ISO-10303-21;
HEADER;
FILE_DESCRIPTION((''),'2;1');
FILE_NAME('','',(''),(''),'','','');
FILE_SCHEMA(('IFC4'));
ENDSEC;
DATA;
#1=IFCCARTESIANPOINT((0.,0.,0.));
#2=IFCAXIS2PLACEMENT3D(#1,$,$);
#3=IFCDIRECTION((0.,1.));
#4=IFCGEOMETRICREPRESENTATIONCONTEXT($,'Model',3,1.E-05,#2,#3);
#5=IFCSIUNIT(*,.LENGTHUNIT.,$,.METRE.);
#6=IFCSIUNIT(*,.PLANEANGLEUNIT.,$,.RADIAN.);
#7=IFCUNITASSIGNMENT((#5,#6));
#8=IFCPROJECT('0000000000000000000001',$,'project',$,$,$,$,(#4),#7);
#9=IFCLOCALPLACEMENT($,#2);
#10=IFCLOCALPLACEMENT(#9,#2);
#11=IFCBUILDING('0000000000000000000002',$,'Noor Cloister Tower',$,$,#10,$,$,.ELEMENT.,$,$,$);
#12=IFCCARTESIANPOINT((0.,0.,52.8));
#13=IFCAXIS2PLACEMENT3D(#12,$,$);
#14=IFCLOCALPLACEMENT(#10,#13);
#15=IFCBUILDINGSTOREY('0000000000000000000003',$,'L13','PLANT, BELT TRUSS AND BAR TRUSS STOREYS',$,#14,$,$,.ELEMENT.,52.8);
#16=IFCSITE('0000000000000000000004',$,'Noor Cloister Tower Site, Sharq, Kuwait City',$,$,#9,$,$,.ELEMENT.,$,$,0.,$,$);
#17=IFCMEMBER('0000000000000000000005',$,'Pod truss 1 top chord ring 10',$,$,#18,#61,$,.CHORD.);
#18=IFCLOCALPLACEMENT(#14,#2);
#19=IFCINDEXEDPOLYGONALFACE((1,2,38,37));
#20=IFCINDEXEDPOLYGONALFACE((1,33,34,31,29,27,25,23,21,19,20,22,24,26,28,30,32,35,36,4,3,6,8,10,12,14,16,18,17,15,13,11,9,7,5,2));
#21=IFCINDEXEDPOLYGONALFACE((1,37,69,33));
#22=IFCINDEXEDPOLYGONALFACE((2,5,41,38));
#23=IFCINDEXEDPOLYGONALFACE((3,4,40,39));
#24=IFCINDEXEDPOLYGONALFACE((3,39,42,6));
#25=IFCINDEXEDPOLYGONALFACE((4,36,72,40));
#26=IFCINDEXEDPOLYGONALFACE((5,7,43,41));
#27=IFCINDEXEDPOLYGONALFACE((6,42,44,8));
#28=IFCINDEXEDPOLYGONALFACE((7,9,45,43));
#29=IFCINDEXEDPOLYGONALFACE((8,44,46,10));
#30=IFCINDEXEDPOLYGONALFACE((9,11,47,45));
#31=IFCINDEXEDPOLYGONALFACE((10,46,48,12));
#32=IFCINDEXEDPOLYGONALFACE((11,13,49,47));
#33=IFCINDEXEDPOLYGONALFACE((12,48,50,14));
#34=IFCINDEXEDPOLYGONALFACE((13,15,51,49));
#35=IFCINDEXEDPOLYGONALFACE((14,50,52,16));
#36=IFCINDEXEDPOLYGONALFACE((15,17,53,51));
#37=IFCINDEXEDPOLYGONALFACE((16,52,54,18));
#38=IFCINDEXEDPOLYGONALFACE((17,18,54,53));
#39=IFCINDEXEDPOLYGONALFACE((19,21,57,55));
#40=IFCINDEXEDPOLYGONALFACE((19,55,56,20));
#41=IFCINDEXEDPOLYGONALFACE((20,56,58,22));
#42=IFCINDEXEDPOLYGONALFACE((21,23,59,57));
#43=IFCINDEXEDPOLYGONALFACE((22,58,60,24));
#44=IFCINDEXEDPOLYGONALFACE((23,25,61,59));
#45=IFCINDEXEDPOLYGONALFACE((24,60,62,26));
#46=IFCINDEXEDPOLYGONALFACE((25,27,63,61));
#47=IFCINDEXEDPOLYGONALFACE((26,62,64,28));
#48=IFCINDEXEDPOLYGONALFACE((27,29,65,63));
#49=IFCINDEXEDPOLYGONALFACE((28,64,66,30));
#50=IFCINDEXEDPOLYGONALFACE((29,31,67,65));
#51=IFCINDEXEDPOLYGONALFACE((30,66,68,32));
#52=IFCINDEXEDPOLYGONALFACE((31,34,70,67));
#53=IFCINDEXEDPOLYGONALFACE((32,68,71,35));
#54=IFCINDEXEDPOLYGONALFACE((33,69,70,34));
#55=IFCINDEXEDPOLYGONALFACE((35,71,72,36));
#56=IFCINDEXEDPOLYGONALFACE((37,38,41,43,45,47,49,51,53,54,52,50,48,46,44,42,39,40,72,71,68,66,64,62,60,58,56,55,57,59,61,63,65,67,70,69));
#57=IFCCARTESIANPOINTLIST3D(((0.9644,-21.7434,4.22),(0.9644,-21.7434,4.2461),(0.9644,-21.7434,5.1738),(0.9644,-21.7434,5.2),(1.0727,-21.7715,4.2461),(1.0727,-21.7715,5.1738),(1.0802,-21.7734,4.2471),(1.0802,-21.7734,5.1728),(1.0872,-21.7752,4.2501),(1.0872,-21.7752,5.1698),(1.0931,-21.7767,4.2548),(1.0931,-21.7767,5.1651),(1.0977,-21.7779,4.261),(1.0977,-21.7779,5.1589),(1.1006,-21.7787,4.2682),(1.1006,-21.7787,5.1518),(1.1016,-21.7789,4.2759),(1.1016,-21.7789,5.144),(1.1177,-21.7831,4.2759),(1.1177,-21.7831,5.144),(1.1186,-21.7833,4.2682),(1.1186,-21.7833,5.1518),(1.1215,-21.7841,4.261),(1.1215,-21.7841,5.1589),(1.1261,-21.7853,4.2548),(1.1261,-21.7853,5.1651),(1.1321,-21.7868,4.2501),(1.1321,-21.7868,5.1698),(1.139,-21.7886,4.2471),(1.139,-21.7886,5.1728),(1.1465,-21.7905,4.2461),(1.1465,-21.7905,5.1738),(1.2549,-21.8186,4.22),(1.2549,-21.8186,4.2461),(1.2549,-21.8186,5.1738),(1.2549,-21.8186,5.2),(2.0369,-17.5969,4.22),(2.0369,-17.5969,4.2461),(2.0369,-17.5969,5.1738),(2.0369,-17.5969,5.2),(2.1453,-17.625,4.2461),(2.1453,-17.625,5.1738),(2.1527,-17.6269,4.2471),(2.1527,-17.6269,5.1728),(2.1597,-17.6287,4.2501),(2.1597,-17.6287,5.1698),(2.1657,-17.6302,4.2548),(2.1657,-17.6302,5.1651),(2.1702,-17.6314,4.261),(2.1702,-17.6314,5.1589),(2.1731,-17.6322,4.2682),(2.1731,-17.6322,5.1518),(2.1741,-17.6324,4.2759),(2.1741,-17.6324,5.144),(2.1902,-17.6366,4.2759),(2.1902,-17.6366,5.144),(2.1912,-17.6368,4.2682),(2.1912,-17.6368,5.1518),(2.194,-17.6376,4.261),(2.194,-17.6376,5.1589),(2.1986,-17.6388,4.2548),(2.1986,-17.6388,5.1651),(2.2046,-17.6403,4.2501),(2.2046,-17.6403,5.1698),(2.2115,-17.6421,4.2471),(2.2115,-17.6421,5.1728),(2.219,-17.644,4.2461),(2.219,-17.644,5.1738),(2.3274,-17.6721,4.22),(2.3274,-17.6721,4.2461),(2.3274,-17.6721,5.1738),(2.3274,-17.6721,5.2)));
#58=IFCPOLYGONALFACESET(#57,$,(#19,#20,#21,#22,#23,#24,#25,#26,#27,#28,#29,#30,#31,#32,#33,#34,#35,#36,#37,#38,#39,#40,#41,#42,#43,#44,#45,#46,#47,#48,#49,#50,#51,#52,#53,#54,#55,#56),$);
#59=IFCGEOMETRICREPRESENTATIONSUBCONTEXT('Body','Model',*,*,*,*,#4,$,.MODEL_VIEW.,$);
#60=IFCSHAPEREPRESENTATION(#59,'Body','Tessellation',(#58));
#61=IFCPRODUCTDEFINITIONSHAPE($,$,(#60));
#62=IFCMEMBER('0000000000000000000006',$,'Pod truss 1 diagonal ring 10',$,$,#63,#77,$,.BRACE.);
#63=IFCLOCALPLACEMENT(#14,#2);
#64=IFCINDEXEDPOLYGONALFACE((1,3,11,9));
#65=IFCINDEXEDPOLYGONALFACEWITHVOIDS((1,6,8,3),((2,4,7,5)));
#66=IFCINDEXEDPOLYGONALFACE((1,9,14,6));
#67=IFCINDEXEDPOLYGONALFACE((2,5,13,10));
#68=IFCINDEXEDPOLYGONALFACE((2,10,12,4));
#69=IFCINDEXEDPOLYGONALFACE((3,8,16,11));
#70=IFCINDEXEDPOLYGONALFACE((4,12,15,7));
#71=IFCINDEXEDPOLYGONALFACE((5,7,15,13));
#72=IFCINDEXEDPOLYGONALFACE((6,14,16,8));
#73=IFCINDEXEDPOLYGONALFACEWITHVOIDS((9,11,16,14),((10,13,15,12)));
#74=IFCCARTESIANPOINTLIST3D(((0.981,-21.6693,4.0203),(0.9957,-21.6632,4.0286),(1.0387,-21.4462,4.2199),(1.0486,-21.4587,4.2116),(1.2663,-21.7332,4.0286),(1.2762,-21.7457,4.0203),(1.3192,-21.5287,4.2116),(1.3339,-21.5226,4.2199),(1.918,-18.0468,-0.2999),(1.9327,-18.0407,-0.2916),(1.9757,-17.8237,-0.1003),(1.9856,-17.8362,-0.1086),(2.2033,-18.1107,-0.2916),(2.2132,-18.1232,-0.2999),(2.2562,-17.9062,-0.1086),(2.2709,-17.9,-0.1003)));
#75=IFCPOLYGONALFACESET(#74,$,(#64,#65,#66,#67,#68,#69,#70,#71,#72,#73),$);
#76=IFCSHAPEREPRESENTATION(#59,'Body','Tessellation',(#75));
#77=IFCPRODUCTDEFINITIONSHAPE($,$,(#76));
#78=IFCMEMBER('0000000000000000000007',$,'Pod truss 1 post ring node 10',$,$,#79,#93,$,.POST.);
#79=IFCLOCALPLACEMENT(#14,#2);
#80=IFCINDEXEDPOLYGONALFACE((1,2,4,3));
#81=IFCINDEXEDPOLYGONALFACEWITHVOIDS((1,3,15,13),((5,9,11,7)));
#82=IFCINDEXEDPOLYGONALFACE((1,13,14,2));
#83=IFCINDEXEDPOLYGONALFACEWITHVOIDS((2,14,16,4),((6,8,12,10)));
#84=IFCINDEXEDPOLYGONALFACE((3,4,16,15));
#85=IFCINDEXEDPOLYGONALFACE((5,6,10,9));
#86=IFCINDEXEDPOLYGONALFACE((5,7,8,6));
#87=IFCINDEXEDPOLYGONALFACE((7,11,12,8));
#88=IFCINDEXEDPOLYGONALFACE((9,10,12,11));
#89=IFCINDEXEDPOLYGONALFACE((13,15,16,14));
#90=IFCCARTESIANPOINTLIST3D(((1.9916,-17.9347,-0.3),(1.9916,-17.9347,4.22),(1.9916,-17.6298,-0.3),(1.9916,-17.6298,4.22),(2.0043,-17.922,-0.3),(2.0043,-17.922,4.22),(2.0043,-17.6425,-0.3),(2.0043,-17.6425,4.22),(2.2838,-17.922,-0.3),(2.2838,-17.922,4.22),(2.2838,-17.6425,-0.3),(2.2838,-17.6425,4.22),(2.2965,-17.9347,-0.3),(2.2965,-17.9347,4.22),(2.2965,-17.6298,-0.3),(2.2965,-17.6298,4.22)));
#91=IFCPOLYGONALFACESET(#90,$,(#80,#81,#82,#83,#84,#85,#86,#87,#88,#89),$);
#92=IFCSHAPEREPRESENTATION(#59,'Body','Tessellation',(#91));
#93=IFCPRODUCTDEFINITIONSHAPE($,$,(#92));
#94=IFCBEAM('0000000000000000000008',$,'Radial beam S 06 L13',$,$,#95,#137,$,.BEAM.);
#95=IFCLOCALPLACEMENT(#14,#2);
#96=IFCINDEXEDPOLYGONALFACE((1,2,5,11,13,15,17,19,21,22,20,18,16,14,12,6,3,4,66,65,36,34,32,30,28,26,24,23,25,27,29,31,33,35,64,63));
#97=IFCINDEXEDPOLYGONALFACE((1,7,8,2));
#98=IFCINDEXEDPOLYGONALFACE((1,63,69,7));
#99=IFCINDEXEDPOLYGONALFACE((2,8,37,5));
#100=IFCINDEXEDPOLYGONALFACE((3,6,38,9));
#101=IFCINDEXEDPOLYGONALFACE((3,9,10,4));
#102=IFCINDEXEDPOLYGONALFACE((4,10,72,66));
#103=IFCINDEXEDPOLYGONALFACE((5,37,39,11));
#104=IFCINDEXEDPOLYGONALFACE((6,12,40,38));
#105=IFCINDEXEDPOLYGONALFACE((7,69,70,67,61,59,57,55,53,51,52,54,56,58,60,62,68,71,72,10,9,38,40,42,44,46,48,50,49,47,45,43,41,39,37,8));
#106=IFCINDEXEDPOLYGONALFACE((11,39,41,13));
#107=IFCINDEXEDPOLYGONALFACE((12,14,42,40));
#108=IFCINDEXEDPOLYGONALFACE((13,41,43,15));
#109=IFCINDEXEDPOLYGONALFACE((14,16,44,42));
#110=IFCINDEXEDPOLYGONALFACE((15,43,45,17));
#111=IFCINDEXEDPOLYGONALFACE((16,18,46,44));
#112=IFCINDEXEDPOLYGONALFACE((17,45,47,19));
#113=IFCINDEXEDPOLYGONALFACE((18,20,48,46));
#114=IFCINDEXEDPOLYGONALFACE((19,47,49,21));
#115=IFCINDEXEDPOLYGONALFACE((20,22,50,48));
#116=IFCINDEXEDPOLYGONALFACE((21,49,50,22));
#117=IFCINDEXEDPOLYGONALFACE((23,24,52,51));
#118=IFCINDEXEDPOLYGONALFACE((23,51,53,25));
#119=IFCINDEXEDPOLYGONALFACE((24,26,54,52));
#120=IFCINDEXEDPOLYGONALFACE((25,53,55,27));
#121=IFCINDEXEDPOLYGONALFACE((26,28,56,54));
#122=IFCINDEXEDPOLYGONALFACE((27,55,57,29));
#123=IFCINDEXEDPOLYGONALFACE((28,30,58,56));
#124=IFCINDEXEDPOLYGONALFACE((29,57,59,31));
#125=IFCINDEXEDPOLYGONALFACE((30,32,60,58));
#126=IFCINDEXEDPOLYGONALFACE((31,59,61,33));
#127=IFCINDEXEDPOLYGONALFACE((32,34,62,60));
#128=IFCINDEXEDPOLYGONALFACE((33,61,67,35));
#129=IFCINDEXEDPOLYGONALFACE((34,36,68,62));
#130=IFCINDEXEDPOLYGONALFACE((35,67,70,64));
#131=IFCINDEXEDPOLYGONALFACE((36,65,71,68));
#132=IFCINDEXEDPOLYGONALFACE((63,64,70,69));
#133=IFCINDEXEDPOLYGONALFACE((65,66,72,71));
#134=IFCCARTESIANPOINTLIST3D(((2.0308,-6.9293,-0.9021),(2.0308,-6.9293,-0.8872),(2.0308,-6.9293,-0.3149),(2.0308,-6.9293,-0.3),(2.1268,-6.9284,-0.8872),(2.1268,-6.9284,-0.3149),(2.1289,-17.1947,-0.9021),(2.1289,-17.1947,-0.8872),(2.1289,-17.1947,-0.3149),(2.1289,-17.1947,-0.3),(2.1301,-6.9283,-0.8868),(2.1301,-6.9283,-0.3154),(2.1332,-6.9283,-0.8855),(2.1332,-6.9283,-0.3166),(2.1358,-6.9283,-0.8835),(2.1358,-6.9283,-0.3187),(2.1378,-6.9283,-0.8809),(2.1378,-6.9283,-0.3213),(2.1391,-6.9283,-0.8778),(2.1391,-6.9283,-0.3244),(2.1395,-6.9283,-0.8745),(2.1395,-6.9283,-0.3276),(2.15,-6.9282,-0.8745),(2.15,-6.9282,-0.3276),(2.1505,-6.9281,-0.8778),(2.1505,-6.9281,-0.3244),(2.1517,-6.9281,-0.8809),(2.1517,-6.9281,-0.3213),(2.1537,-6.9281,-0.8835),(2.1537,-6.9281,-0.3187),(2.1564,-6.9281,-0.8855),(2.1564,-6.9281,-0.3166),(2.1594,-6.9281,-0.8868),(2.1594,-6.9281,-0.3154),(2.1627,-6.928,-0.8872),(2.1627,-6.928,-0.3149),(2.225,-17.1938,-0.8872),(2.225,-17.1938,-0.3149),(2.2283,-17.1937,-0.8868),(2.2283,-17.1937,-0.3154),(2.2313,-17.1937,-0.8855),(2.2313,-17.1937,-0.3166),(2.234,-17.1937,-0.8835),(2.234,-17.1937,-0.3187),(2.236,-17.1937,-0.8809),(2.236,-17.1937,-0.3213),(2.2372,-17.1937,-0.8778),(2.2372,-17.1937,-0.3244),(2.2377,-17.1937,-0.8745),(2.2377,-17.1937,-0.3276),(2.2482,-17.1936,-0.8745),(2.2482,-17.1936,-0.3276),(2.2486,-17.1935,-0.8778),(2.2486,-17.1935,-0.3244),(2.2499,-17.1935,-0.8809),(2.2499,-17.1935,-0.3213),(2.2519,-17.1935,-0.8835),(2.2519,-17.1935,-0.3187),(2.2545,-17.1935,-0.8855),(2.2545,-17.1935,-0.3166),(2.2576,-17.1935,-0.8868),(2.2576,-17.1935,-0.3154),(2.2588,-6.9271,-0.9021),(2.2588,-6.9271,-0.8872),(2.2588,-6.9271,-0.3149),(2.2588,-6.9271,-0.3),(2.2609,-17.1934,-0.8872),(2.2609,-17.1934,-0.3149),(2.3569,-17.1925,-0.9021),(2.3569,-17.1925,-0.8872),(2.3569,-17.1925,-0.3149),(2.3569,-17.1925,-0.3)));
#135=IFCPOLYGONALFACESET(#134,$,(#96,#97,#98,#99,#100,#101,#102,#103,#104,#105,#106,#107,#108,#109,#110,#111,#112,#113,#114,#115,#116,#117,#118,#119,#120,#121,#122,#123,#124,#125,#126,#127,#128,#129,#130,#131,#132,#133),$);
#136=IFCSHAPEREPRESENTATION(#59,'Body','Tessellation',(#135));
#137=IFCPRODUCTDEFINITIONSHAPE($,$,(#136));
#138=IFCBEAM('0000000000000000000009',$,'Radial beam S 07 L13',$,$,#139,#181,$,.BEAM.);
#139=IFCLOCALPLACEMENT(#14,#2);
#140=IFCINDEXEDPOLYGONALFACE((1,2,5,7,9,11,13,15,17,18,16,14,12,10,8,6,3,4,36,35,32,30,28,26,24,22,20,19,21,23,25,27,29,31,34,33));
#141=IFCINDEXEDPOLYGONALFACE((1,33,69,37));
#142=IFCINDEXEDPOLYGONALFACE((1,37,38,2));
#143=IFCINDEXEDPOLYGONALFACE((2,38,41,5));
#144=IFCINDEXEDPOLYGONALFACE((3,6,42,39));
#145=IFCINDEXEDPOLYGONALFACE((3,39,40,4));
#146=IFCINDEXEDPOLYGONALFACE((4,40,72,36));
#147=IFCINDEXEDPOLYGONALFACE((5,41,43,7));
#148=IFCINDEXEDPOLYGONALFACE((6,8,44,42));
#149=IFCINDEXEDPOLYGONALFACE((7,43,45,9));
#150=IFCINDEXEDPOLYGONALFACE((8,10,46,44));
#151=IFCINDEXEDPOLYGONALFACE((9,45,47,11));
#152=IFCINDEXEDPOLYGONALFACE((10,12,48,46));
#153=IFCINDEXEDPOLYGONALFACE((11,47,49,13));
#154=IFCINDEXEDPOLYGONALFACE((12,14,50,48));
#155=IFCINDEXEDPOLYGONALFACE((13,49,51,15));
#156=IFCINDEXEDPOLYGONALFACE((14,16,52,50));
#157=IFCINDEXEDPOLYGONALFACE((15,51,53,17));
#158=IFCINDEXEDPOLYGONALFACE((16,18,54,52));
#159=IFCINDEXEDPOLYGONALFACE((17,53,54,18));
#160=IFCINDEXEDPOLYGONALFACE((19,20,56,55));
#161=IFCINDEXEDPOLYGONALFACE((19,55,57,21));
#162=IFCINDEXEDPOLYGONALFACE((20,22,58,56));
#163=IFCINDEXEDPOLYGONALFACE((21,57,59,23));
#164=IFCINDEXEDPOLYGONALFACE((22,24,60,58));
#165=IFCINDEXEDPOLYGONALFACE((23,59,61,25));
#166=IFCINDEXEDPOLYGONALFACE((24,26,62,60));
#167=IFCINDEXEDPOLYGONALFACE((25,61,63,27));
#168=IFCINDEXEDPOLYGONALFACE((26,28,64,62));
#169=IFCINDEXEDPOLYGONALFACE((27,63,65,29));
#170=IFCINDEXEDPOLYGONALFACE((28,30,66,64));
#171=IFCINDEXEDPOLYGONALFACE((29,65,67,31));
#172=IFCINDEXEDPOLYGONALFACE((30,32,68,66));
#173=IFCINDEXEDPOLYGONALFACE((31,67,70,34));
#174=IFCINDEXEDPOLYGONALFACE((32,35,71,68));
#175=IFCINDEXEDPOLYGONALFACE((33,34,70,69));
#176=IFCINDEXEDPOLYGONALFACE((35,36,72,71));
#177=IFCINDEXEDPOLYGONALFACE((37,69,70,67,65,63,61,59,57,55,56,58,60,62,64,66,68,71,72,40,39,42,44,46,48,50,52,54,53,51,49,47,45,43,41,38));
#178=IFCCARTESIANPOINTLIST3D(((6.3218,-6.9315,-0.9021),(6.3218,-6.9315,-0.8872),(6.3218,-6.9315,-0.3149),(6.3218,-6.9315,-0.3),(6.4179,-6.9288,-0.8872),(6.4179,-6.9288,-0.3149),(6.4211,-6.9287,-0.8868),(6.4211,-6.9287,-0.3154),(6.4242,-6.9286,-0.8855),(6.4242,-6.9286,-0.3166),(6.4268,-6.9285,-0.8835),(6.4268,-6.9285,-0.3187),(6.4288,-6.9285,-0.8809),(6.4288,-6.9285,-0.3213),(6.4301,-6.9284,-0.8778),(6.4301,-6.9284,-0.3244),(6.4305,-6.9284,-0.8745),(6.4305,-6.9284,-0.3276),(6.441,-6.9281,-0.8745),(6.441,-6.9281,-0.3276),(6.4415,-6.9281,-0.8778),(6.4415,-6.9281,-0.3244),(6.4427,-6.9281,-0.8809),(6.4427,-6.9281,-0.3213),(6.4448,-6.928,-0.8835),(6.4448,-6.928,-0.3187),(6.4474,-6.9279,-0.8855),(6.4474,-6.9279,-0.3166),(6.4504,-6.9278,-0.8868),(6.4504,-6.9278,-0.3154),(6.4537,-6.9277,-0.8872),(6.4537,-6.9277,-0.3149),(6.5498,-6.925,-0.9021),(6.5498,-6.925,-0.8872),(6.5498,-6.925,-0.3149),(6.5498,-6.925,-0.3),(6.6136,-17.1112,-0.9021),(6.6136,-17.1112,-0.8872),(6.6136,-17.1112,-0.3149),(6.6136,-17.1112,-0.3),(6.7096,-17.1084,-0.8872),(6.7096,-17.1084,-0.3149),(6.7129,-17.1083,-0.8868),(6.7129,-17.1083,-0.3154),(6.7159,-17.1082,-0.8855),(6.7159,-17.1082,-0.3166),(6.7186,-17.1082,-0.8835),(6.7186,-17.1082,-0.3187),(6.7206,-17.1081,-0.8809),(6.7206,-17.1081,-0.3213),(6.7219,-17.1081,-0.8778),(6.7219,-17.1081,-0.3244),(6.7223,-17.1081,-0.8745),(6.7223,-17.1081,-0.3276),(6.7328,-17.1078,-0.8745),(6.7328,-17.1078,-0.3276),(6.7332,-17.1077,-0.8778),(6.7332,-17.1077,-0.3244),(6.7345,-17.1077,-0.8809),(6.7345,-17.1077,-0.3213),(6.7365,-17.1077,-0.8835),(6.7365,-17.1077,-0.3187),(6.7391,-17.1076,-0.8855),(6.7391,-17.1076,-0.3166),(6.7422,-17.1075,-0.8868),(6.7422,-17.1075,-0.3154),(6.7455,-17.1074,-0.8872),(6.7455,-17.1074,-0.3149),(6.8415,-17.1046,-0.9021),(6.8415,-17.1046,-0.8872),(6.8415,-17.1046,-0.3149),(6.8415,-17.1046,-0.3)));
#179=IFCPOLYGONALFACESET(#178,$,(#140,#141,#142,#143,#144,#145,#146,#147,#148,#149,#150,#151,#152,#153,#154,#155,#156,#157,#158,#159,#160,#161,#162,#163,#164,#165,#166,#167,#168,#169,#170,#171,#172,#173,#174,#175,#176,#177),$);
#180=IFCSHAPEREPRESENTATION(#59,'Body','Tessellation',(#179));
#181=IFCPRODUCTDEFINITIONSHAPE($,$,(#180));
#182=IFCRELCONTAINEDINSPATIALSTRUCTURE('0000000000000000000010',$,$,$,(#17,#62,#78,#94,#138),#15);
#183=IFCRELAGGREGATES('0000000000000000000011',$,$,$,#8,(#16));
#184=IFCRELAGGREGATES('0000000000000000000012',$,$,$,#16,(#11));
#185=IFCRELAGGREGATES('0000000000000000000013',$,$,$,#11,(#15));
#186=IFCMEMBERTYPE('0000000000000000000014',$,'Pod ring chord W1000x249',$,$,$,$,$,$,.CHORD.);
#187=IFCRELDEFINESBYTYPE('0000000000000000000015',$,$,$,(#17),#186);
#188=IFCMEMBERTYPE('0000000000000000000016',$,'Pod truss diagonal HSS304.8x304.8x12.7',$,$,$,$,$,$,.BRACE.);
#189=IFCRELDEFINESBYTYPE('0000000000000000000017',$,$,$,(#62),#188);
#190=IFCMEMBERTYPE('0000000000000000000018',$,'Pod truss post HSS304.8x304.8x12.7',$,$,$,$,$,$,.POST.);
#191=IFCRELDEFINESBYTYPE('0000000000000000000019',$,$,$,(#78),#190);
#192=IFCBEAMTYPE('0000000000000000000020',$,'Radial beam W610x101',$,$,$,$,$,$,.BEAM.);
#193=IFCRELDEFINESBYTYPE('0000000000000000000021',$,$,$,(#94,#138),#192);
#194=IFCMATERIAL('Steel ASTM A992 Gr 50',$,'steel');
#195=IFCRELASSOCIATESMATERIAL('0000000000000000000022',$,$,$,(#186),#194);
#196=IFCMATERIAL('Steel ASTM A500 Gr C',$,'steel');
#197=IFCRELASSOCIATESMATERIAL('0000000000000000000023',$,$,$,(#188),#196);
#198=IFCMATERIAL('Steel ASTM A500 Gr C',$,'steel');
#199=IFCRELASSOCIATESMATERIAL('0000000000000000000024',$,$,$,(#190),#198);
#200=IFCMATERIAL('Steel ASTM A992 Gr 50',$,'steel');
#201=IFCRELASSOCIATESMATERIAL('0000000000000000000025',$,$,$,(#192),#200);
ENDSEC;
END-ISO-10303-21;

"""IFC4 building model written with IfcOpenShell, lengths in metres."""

from ifc_helpers import new_model, si_unit, direction, frame, origin, origin_2d, place, context, subcontext, project, spatial, hollow_rectangle, i_section, extrude, material, material_profile, profile_set, type_object, element, save


model = new_model("IFC4")

# Units and contexts
model_context = context("Model", 3, precision=1e-05, world=origin(), true_north=direction((0.0, 1.0)))
body_context = subcontext(model_context, "Body", "Model", "MODEL_VIEW")
ifc_project = project(units=[si_unit("LENGTHUNIT", "METRE"), si_unit("PLANEANGLEUNIT", "RADIAN")], contexts=[model_context])

# Site, building, storey
site_placement = place(None, origin())
site = spatial("IfcSite", under=ifc_project, at=site_placement, Name="Noor Cloister Tower Site, Sharq, Kuwait City", CompositionType="ELEMENT", RefElevation=0.0)
building_placement = place(site_placement, origin())
building = spatial("IfcBuilding", under=site, at=building_placement, Name="Noor Cloister Tower", CompositionType="ELEMENT")
storey_placement = place(building_placement, frame((0.0, 0.0, 52.8)))
storey = spatial("IfcBuildingStorey", under=building, at=storey_placement, Name="L13", Description="PLANT, BELT TRUSS AND BAR TRUSS STOREYS", CompositionType="ELEMENT", Elevation=52.8)

# Members
ifc_material_1 = material(Name="Steel ASTM A992 Gr 50", Category="steel")
ifc_material_profile_1 = material_profile(ifc_material_1, i_section(OverallWidth=0.3, OverallDepth=0.98, WebThickness=0.0166, FlangeThickness=0.0261, FilletRadius=0.0298, at=origin_2d()), Name="W1000x249")
ifc_profile_set_1 = profile_set([ifc_material_profile_1], Name="Steel ASTM A992 Gr 50")
member_type_1 = type_object("IfcMemberType", Name="Pod ring chord W1000x249", PredefinedType="CHORD", material=ifc_profile_set_1)
member_1_placement = place(storey_placement, frame((1.1096, -21.781, 4.71), z_axis=(0.250414, 0.968139, 0.0), x_axis=(-0.968139, 0.250414, 0.0)))
element("IfcMember", 1, at=member_1_placement, inside=storey, type_object=member_type_1, Name="Pod truss 1 top chord ring 10", PredefinedType="CHORD", context=body_context, shape_type="SweptSolid", body=[
    extrude(i_section(OverallWidth=0.3, OverallDepth=0.98, WebThickness=0.0166, FlangeThickness=0.0261, FilletRadius=0.0298, at=origin_2d()), origin(), (0.0, 0.0, 1.0), 4.283),
])
ifc_material_2 = material(Name="Steel ASTM A500 Gr C", Category="steel")
ifc_material_profile_2 = material_profile(ifc_material_2, hollow_rectangle(XDim=0.3049, YDim=0.3049, WallThickness=0.0127, at=origin_2d()), Name="HSS304.8x304.8x12.7")
ifc_profile_set_2 = profile_set([ifc_material_profile_2], Name="Steel ASTM A500 Gr C")
member_type_2 = type_object("IfcMemberType", Name="Pod truss diagonal HSS304.8x304.8x12.7", PredefinedType="BRACE", material=ifc_profile_set_2)
member_2_placement = place(storey_placement, frame((1.1575, -21.5959, 4.1201), z_axis=(0.163945, 0.633822, -0.755905), x_axis=(-0.968138, 0.250419, 0.0)))
element("IfcMember", 2, at=member_2_placement, inside=storey, type_object=member_type_2, Name="Pod truss 1 diagonal ring 10", PredefinedType="BRACE", context=body_context, shape_type="SweptSolid", body=[
    extrude(hollow_rectangle(XDim=0.3049, YDim=0.3049, WallThickness=0.0127, at=origin_2d()), origin(), (0.0, 0.0, 1.0), 5.7153),
])
ifc_material_3 = material(Name="Steel ASTM A500 Gr C", Category="steel")
ifc_material_profile_3 = material_profile(ifc_material_3, hollow_rectangle(XDim=0.3049, YDim=0.3049, WallThickness=0.0127, at=origin_2d()), Name="HSS304.8x304.8x12.7")
ifc_profile_set_3 = profile_set([ifc_material_profile_3], Name="Steel ASTM A500 Gr C")
member_type_3 = type_object("IfcMemberType", Name="Pod truss post HSS304.8x304.8x12.7", PredefinedType="POST", material=ifc_profile_set_3)
member_3_placement = place(storey_placement, frame((2.144, -17.7822, -0.3), z_axis=(0.0, 0.0, 1.0), x_axis=(1.0, 0.0, 0.0)))
element("IfcMember", 3, at=member_3_placement, inside=storey, type_object=member_type_3, Name="Pod truss 1 post ring node 10", PredefinedType="POST", context=body_context, shape_type="SweptSolid", body=[
    extrude(hollow_rectangle(XDim=0.3049, YDim=0.3049, WallThickness=0.0127, at=origin_2d()), origin(), (0.0, 0.0, 1.0), 4.52),
])

# Beams
ifc_material_4 = material(Name="Steel ASTM A992 Gr 50", Category="steel")
ifc_material_profile_4 = material_profile(ifc_material_4, i_section(OverallWidth=0.228, OverallDepth=0.6021, WebThickness=0.0105, FlangeThickness=0.0149, FilletRadius=0.0127, at=origin_2d()), Name="W610x101")
ifc_profile_set_4 = profile_set([ifc_material_profile_4], Name="Steel ASTM A992 Gr 50")
beam_type_1 = type_object("IfcBeamType", Name="Radial beam W610x101", PredefinedType="BEAM", material=ifc_profile_set_4)
beam_1_placement = place(storey_placement, frame((2.2429, -17.1936, -0.6011), z_axis=(-0.00956, 0.999954, 0.0), x_axis=(-0.999954, -0.00956, 0.0)))
element("IfcBeam", 4, at=beam_1_placement, inside=storey, type_object=beam_type_1, Name="Radial beam S 06 L13", PredefinedType="BEAM", context=body_context, shape_type="SweptSolid", body=[
    extrude(i_section(OverallWidth=0.228, OverallDepth=0.6021, WebThickness=0.0105, FlangeThickness=0.0149, FilletRadius=0.0127, at=origin_2d()), origin(), (0.0, 0.0, 1.0), 10.2659),
])
beam_2_placement = place(storey_placement, frame((6.7275, -17.1079, -0.6011), z_axis=(-0.028648, 0.99959, 0.0), x_axis=(-0.99959, -0.028648, 0.0)))
element("IfcBeam", 5, at=beam_2_placement, inside=storey, type_object=beam_type_1, Name="Radial beam S 07 L13", PredefinedType="BEAM", context=body_context, shape_type="SweptSolid", body=[
    extrude(i_section(OverallWidth=0.228, OverallDepth=0.6021, WebThickness=0.0105, FlangeThickness=0.0149, FilletRadius=0.0127, at=origin_2d()), origin(), (0.0, 0.0, 1.0), 10.1838),
])

save(model, "model.ifc")
